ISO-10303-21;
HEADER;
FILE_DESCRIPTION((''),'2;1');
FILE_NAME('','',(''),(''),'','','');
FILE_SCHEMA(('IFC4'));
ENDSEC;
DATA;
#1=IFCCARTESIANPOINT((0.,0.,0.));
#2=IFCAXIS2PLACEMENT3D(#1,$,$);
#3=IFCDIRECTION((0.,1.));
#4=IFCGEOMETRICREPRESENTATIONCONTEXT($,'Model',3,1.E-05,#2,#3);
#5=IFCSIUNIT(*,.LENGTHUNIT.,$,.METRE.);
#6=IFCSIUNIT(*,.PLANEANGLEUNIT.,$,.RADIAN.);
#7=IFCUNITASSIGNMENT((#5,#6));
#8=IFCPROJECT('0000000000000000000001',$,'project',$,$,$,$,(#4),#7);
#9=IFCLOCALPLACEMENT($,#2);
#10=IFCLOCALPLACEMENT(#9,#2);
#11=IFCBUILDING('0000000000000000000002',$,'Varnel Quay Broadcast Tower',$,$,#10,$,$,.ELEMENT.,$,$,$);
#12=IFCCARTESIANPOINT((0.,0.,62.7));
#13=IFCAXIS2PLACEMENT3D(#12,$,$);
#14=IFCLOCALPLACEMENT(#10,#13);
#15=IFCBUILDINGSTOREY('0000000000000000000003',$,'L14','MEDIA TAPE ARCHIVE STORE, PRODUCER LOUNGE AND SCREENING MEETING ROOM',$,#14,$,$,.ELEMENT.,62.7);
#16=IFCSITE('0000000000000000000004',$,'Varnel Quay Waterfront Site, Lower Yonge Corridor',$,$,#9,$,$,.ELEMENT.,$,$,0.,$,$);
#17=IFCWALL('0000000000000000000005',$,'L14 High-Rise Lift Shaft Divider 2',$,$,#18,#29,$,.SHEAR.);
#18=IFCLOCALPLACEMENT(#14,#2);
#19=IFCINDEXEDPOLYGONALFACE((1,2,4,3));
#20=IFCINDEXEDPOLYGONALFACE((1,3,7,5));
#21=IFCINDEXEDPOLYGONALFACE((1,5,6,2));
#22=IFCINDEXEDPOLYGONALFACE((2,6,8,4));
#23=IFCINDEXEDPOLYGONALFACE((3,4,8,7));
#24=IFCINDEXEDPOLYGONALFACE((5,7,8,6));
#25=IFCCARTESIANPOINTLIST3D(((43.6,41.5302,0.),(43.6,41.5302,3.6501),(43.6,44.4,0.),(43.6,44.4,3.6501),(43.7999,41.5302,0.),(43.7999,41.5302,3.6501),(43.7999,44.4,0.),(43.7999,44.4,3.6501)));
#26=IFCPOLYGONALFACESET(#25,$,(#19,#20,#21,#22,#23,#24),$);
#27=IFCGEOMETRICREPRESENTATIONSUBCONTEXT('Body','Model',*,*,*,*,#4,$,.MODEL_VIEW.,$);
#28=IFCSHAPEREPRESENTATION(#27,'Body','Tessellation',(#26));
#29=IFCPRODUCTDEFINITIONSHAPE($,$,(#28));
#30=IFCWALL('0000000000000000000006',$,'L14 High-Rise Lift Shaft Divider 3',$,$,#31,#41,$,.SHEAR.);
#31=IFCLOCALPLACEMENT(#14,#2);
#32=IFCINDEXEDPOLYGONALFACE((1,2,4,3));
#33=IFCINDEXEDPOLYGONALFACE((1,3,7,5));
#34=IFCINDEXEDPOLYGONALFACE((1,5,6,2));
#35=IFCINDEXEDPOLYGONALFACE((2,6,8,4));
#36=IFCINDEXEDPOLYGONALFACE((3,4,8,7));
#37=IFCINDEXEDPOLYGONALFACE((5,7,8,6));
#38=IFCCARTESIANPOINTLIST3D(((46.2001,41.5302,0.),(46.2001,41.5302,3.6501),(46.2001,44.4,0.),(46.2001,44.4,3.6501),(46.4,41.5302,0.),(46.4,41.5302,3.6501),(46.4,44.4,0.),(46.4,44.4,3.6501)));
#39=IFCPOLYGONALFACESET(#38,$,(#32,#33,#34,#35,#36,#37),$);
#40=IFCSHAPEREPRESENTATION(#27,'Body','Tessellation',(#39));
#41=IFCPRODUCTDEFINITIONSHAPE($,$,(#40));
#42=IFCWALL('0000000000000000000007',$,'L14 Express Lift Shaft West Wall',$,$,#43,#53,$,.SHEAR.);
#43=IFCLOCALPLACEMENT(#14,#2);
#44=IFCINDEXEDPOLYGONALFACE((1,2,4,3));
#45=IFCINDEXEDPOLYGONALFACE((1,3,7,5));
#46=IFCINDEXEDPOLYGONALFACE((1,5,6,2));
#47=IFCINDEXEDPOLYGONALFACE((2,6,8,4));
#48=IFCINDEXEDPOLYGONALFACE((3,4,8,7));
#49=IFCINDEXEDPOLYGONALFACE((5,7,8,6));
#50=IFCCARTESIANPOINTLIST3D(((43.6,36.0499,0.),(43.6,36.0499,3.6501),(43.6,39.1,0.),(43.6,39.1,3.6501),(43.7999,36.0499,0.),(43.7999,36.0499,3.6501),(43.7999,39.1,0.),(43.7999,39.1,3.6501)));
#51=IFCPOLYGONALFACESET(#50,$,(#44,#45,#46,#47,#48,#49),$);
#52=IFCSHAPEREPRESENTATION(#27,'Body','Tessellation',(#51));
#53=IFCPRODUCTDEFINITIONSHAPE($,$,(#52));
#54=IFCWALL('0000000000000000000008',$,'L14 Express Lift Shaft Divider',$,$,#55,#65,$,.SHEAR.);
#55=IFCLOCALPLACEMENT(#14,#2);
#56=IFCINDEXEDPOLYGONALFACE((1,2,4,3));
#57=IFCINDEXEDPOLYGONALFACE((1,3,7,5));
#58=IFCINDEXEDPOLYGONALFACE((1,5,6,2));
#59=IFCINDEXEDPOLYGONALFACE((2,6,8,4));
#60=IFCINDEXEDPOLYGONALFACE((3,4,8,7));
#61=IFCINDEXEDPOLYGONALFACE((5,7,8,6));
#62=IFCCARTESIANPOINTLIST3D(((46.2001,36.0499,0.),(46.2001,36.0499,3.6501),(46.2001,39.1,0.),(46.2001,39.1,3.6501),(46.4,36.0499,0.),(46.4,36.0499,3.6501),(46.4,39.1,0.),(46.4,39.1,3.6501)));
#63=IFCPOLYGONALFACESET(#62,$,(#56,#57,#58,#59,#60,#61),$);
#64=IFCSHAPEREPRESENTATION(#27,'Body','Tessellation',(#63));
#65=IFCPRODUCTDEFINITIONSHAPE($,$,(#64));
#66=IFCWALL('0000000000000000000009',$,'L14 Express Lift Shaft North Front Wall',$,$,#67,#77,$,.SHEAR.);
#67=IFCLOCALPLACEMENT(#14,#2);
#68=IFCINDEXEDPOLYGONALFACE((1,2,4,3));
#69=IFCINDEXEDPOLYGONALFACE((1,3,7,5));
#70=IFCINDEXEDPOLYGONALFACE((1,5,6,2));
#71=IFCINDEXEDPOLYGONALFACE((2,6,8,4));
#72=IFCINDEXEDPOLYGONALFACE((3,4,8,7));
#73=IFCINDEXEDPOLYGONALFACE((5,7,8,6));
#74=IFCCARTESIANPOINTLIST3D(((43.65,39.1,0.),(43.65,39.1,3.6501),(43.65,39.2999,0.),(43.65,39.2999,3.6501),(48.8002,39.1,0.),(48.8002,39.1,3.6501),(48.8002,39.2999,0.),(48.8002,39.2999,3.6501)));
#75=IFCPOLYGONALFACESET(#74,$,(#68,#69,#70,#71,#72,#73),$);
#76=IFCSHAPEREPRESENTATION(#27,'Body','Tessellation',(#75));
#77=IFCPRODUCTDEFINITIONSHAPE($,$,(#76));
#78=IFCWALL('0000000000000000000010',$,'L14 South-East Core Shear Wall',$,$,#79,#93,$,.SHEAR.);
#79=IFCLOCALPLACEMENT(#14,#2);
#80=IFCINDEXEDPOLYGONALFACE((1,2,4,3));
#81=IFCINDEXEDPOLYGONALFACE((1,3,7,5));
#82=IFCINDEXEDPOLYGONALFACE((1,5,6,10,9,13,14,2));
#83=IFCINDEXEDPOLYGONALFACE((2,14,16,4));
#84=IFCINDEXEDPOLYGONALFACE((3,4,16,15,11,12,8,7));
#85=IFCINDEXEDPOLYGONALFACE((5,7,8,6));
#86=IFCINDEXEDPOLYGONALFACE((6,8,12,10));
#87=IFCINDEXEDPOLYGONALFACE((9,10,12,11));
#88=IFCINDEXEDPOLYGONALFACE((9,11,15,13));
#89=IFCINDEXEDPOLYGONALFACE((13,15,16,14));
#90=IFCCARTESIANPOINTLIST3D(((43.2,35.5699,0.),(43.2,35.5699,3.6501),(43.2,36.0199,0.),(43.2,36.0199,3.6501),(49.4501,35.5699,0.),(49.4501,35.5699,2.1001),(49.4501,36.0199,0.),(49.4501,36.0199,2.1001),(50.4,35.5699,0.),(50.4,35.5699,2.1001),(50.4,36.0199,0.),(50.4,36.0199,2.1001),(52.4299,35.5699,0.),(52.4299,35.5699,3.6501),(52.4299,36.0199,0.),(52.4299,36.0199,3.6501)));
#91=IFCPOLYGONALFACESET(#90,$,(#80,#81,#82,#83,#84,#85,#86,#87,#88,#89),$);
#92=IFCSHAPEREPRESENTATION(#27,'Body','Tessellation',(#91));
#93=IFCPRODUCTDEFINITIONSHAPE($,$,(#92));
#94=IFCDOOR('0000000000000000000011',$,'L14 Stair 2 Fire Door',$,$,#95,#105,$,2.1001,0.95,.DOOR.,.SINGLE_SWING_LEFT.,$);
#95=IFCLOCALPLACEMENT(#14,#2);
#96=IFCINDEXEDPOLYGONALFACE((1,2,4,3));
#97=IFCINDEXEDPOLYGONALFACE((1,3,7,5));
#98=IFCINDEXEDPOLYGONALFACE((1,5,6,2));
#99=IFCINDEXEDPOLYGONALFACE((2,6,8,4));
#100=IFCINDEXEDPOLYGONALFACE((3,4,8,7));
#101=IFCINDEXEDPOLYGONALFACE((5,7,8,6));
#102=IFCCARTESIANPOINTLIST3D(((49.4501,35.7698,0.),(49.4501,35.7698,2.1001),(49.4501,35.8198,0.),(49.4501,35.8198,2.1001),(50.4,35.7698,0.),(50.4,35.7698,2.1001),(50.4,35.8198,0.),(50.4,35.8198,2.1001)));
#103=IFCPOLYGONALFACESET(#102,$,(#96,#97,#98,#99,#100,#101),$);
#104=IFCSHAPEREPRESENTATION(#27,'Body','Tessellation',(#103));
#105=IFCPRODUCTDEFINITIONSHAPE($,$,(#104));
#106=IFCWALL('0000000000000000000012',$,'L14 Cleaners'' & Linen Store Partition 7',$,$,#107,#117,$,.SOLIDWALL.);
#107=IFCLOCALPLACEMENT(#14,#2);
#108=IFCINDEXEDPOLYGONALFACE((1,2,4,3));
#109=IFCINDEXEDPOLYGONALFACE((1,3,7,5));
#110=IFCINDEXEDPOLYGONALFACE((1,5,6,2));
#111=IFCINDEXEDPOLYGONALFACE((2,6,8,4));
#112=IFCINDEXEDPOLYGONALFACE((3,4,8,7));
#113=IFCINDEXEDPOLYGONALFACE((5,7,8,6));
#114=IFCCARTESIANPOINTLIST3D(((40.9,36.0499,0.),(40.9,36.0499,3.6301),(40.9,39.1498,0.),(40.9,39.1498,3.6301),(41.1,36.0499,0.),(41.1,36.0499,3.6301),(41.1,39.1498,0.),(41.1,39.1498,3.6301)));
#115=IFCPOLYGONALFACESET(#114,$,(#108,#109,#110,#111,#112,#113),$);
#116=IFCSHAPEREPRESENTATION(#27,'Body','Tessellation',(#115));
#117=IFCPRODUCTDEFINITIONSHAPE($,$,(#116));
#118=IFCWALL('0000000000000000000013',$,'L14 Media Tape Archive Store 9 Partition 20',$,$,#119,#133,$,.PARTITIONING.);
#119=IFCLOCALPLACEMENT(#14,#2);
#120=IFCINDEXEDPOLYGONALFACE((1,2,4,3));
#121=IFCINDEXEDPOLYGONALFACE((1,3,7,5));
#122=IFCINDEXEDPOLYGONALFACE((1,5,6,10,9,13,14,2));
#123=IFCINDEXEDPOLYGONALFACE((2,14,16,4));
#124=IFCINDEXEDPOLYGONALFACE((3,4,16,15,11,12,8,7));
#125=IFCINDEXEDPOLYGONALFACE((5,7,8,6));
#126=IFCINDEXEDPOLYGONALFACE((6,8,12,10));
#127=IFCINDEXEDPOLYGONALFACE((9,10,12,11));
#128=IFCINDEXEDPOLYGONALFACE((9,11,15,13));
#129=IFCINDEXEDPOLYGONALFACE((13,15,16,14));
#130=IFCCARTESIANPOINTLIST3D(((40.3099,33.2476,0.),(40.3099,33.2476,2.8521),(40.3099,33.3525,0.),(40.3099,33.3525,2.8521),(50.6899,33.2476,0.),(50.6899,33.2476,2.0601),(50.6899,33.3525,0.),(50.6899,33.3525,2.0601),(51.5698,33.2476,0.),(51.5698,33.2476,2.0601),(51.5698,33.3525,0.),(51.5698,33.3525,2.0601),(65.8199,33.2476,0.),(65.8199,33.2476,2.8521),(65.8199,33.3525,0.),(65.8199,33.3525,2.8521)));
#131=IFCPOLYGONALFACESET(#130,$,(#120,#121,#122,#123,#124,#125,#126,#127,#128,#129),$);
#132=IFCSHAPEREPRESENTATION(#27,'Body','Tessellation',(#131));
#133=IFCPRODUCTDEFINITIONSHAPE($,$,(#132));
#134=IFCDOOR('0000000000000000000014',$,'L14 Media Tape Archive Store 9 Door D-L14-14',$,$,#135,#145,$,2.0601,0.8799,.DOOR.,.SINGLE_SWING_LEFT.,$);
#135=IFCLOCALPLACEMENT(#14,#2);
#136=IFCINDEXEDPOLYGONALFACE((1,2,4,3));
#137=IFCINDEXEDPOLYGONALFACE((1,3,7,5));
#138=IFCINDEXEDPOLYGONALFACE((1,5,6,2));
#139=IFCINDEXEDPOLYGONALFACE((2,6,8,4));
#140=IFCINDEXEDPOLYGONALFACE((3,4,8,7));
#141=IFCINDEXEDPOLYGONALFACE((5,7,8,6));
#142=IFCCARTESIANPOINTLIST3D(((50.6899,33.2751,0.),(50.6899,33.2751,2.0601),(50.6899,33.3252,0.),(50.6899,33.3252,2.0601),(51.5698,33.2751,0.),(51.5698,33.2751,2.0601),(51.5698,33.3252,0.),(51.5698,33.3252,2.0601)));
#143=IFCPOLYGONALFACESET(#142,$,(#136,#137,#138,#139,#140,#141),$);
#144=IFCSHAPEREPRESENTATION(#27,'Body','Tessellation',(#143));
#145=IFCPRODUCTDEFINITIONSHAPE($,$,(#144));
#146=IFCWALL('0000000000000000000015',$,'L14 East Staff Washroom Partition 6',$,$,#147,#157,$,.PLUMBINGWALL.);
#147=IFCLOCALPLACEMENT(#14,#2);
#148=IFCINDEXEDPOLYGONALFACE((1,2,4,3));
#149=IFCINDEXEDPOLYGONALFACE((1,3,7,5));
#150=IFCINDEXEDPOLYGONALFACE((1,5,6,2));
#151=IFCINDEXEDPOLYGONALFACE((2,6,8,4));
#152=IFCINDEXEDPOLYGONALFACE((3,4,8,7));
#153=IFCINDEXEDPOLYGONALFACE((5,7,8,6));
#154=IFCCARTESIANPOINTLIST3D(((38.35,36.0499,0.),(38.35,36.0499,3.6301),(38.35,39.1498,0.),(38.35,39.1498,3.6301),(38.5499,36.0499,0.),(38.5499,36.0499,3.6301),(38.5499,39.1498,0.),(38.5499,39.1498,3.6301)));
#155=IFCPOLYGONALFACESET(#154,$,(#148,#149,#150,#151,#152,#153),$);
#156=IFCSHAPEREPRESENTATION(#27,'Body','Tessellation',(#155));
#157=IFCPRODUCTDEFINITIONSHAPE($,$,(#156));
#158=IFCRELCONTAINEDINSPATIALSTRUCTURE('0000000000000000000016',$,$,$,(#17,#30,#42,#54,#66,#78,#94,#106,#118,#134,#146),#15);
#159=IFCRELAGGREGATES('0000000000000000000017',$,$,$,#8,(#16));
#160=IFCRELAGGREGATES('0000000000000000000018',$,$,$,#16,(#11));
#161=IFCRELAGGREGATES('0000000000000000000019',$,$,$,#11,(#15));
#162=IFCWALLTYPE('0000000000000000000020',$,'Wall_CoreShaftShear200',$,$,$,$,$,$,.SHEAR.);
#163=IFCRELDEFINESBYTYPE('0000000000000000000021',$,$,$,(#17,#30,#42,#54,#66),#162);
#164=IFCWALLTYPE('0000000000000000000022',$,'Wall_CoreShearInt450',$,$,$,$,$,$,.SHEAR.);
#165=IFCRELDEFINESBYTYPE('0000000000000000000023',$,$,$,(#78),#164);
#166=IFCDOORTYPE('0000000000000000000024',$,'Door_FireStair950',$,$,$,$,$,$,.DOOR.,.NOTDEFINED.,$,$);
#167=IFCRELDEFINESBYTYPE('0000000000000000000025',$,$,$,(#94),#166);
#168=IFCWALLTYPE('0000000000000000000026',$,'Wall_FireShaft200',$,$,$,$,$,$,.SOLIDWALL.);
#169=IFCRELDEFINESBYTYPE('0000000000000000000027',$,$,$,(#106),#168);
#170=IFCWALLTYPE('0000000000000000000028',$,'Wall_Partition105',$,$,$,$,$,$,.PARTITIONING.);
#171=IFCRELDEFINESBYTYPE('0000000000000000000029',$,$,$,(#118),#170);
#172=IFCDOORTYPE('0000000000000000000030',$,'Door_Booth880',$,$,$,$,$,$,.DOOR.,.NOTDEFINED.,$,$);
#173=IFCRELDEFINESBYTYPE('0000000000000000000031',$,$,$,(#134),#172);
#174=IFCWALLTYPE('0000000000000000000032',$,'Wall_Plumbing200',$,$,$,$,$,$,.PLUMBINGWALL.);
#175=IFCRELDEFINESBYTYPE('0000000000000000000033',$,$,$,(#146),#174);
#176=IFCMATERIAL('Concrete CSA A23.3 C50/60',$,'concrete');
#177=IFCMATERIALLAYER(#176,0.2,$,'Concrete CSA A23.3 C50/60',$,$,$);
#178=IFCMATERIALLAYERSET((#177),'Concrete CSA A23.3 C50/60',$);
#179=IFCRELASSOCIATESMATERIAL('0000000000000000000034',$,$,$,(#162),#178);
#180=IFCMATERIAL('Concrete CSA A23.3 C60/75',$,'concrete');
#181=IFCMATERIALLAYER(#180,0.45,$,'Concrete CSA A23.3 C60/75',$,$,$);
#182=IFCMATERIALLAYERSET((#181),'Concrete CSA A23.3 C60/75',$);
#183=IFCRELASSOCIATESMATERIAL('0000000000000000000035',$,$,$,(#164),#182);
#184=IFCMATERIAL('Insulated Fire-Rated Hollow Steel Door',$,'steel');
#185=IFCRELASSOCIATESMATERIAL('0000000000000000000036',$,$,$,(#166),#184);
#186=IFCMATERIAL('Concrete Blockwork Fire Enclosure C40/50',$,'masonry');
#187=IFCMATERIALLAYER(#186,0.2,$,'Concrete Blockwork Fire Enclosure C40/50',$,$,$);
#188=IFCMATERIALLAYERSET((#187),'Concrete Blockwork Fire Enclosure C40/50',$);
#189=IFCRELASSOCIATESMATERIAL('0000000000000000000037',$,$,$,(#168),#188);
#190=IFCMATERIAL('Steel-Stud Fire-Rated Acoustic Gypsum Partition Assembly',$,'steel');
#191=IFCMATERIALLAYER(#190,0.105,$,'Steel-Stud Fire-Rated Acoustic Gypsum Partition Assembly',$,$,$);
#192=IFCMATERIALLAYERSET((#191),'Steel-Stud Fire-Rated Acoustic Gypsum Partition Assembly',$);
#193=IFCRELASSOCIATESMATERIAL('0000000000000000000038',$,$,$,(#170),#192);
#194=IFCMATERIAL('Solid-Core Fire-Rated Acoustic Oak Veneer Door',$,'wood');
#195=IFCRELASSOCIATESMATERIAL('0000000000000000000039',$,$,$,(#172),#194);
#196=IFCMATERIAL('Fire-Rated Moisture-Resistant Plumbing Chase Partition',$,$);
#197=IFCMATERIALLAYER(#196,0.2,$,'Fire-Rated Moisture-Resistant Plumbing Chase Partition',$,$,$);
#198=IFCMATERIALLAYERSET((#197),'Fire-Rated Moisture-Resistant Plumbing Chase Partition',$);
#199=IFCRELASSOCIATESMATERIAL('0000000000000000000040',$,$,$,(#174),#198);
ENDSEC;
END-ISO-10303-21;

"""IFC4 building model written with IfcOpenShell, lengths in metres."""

from ifc_helpers import new_model, si_unit, direction, frame, frame_2d, origin, place, context, subcontext, project, spatial, rectangle, extrude, source, transform, mapped, material, layer, layer_set, type_object, type_shapes, element, fill, save


model = new_model("IFC4")

# Units and contexts
model_context = context("Model", 3, precision=1e-05, world=origin(), true_north=direction((0.0, 1.0)))
body_context = subcontext(model_context, "Body", "Model", "MODEL_VIEW")
ifc_project = project(units=[si_unit("LENGTHUNIT", "METRE"), si_unit("PLANEANGLEUNIT", "RADIAN")], contexts=[model_context])

# Site, building, storey
site_placement = place(None, origin())
site = spatial("IfcSite", under=ifc_project, at=site_placement, Name="Varnel Quay Waterfront Site, Lower Yonge Corridor", CompositionType="ELEMENT", RefElevation=0.0)
building_placement = place(site_placement, origin())
building = spatial("IfcBuilding", under=site, at=building_placement, Name="Varnel Quay Broadcast Tower", CompositionType="ELEMENT")
storey_placement = place(building_placement, frame((0.0, 0.0, 62.7)))
storey = spatial("IfcBuildingStorey", under=building, at=storey_placement, Name="L14", Description="MEDIA TAPE ARCHIVE STORE, PRODUCER LOUNGE AND SCREENING MEETING ROOM", CompositionType="ELEMENT", Elevation=62.7)

# Walls
ifc_material_1 = material(Name="Concrete CSA A23.3 C50/60", Category="concrete")
ifc_layer_1 = layer(ifc_material_1, 0.2, Name="Concrete CSA A23.3 C50/60")
ifc_layer_set_1 = layer_set([ifc_layer_1], Name="Concrete CSA A23.3 C50/60")
wall_type_1 = type_object("IfcWallType", Name="Wall_CoreShaftShear200", PredefinedType="SHEAR", material=ifc_layer_set_1)
for number, where, z_axis, x_axis, name in (
    (1, (43.7, 41.53, 0.0), (0.0, 0.0, 1.0), (0.0, 1.0, 0.0), "L14 High-Rise Lift Shaft Divider 2"),
    (2, (46.3, 41.53, 0.0), (0.0, 0.0, 1.0), (0.0, 1.0, 0.0), "L14 High-Rise Lift Shaft Divider 3"),
):
    element("IfcWall", number, at=place(storey_placement, frame(where, z_axis=z_axis, x_axis=x_axis)), inside=storey, type_object=wall_type_1, Name=name, PredefinedType="SHEAR", context=body_context, shape_type="SweptSolid", body=[
        extrude(rectangle(XDim=2.8699, YDim=0.2, at=frame_2d((1.4351, 0.0))), origin(), (0.0, 0.0, 1.0), 3.6501),
    ])
for number, where, z_axis, x_axis, name in (
    (3, (43.7, 36.05, 0.0), (0.0, 0.0, 1.0), (0.0, 1.0, 0.0), "L14 Express Lift Shaft West Wall"),
    (4, (46.3, 36.05, 0.0), (0.0, 0.0, 1.0), (0.0, 1.0, 0.0), "L14 Express Lift Shaft Divider"),
):
    element("IfcWall", number, at=place(storey_placement, frame(where, z_axis=z_axis, x_axis=x_axis)), inside=storey, type_object=wall_type_1, Name=name, PredefinedType="SHEAR", context=body_context, shape_type="SweptSolid", body=[
        extrude(rectangle(XDim=3.05, YDim=0.2, at=frame_2d((1.5249, 0.0))), origin(), (0.0, 0.0, 1.0), 3.6501),
    ])
wall_1_placement = place(storey_placement, frame((43.6499, 39.2, 0.0), z_axis=(0.0, 0.0, 1.0), x_axis=(1.0, 0.0, 0.0)))
element("IfcWall", 5, at=wall_1_placement, inside=storey, type_object=wall_type_1, Name="L14 Express Lift Shaft North Front Wall", PredefinedType="SHEAR", context=body_context, shape_type="SweptSolid", body=[
    extrude(rectangle(XDim=5.1501, YDim=0.2, at=frame_2d((2.5752, 0.0))), origin(), (0.0, 0.0, 1.0), 3.6501),
])

# Wall, opening, door
ifc_material_2 = material(Name="Concrete CSA A23.3 C60/75", Category="concrete")
ifc_layer_2 = layer(ifc_material_2, 0.45, Name="Concrete CSA A23.3 C60/75")
ifc_layer_set_2 = layer_set([ifc_layer_2], Name="Concrete CSA A23.3 C60/75")
wall_type_2 = type_object("IfcWallType", Name="Wall_CoreShearInt450", PredefinedType="SHEAR", material=ifc_layer_set_2)
wall_2_placement = place(storey_placement, frame((43.2, 35.7949, 0.0), z_axis=(0.0, 0.0, 1.0), x_axis=(1.0, 0.0, 0.0)))
wall_2 = element("IfcWall", 6, at=wall_2_placement, inside=storey, type_object=wall_type_2, Name="L14 South-East Core Shear Wall", PredefinedType="SHEAR", context=body_context, shape_type="SweptSolid", body=[
    extrude(rectangle(XDim=9.23, YDim=0.45, at=frame_2d((4.615, 0.0))), origin(), (0.0, 0.0, 1.0), 3.6501),
])
opening_1_placement = place(wall_2_placement, frame((6.25, 0.0, 0.0)))
opening_1 = element("IfcOpeningElement", 7, at=opening_1_placement, cuts=wall_2, PredefinedType="OPENING", context=body_context, shape_type="SweptSolid", body=[
    extrude(rectangle(XDim=0.95, YDim=2.1001, at=frame_2d((0.4751, 1.05))), frame((0.0, 0.2349, 0.0), z_axis=(0.0, -1.0, 0.0), x_axis=(1.0, 0.0, 0.0)), (0.0, 0.0, 1.0), 0.47),
])
ifc_material_3 = material(Name="Insulated Fire-Rated Hollow Steel Door", Category="steel")
door_type_1 = type_object("IfcDoorType", Name="Door_FireStair950", OperationType="NOTDEFINED", PredefinedType="DOOR", material=ifc_material_3)
shared_shape_1 = source(origin(), body_context, "Body", "SweptSolid", [
    extrude(rectangle(XDim=0.95, YDim=2.1001, at=frame_2d((0.4751, 1.05))), frame((0.0, 0.0249, 0.0), z_axis=(0.0, -1.0, 0.0), x_axis=(1.0, 0.0, 0.0)), (0.0, 0.0, 1.0), 0.05),
])
type_shapes(door_type_1, [shared_shape_1])
door_1_placement = place(opening_1_placement, origin())
door_1 = element("IfcDoor", 8, at=door_1_placement, inside=storey, type_object=door_type_1, Name="L14 Stair 2 Fire Door", OperationType="SINGLE_SWING_LEFT", OverallHeight=2.1001, OverallWidth=0.95, PredefinedType="DOOR", context=body_context, shape_type="MappedRepresentation", body=[
    mapped(shared_shape_1, transform((0.0, 0.0, 0.0), x_axis=(1.0, 0.0, 0.0), y_axis=(0.0, 1.0, 0.0), z_axis=(0.0, 0.0, 1.0), scale=1.0)),
])
fill(opening_1, door_1)

# Wall
ifc_material_4 = material(Name="Concrete Blockwork Fire Enclosure C40/50", Category="masonry")
ifc_layer_3 = layer(ifc_material_4, 0.2, Name="Concrete Blockwork Fire Enclosure C40/50")
ifc_layer_set_3 = layer_set([ifc_layer_3], Name="Concrete Blockwork Fire Enclosure C40/50")
wall_type_3 = type_object("IfcWallType", Name="Wall_FireShaft200", PredefinedType="SOLIDWALL", material=ifc_layer_set_3)
wall_3_placement = place(storey_placement, frame((41.0, 36.05, 0.0), z_axis=(0.0, 0.0, 1.0), x_axis=(0.0, 1.0, 0.0)))
element("IfcWall", 9, at=wall_3_placement, inside=storey, type_object=wall_type_3, Name="L14 Cleaners' & Linen Store Partition 7", PredefinedType="SOLIDWALL", context=body_context, shape_type="SweptSolid", body=[
    extrude(rectangle(XDim=3.0999, YDim=0.2, at=frame_2d((1.5498, 0.0))), origin(), (0.0, 0.0, 1.0), 3.6301),
])

# Wall, opening, door
ifc_material_5 = material(Name="Steel-Stud Fire-Rated Acoustic Gypsum Partition Assembly", Category="steel")
ifc_layer_4 = layer(ifc_material_5, 0.105, Name="Steel-Stud Fire-Rated Acoustic Gypsum Partition Assembly")
ifc_layer_set_4 = layer_set([ifc_layer_4], Name="Steel-Stud Fire-Rated Acoustic Gypsum Partition Assembly")
wall_type_4 = type_object("IfcWallType", Name="Wall_Partition105", PredefinedType="PARTITIONING", material=ifc_layer_set_4)
wall_4_placement = place(storey_placement, frame((40.3101, 33.3, 0.0), z_axis=(0.0, 0.0, 1.0), x_axis=(1.0, 0.0, 0.0)))
wall_4 = element("IfcWall", 10, at=wall_4_placement, inside=storey, type_object=wall_type_4, Name="L14 Media Tape Archive Store 9 Partition 20", PredefinedType="PARTITIONING", context=body_context, shape_type="SweptSolid", body=[
    extrude(rectangle(XDim=25.51, YDim=0.105, at=frame_2d((12.7549, 0.0))), origin(), (0.0, 0.0, 1.0), 2.8521),
])
opening_2_placement = place(wall_4_placement, frame((10.3799, 0.0, 0.0)))
opening_2 = element("IfcOpeningElement", 11, at=opening_2_placement, cuts=wall_4, PredefinedType="OPENING", context=body_context, shape_type="SweptSolid", body=[
    extrude(rectangle(XDim=0.8799, YDim=2.0601, at=frame_2d((0.4399, 1.03))), frame((0.0, 0.0625, 0.0), z_axis=(0.0, -1.0, 0.0), x_axis=(1.0, 0.0, 0.0)), (0.0, 0.0, 1.0), 0.125),
])
ifc_material_6 = material(Name="Solid-Core Fire-Rated Acoustic Oak Veneer Door", Category="wood")
door_type_2 = type_object("IfcDoorType", Name="Door_Booth880", OperationType="NOTDEFINED", PredefinedType="DOOR", material=ifc_material_6)
shared_shape_2 = source(origin(), body_context, "Body", "SweptSolid", [
    extrude(rectangle(XDim=0.8799, YDim=2.0601, at=frame_2d((0.4399, 1.03))), frame((0.0, 0.0249, 0.0), z_axis=(0.0, -1.0, 0.0), x_axis=(1.0, 0.0, 0.0)), (0.0, 0.0, 1.0), 0.05),
])
type_shapes(door_type_2, [shared_shape_2])
door_2_placement = place(opening_2_placement, frame((0.8799, 0.0, 0.0), z_axis=(0.0, 0.0, 1.0), x_axis=(-1.0, 0.0, 0.0)))
door_2 = element("IfcDoor", 12, at=door_2_placement, inside=storey, type_object=door_type_2, Name="L14 Media Tape Archive Store 9 Door D-L14-14", OperationType="SINGLE_SWING_LEFT", OverallHeight=2.0601, OverallWidth=0.8799, PredefinedType="DOOR", context=body_context, shape_type="MappedRepresentation", body=[
    mapped(shared_shape_2, transform((0.0, 0.0, 0.0), x_axis=(1.0, 0.0, 0.0), y_axis=(0.0, 1.0, 0.0), z_axis=(0.0, 0.0, 1.0), scale=1.0)),
])
fill(opening_2, door_2)

# Wall
ifc_material_7 = material(Name="Fire-Rated Moisture-Resistant Plumbing Chase Partition")
ifc_layer_5 = layer(ifc_material_7, 0.2, Name="Fire-Rated Moisture-Resistant Plumbing Chase Partition")
ifc_layer_set_5 = layer_set([ifc_layer_5], Name="Fire-Rated Moisture-Resistant Plumbing Chase Partition")
wall_type_5 = type_object("IfcWallType", Name="Wall_Plumbing200", PredefinedType="PLUMBINGWALL", material=ifc_layer_set_5)
wall_5_placement = place(storey_placement, frame((38.45, 36.05, 0.0), z_axis=(0.0, 0.0, 1.0), x_axis=(0.0, 1.0, 0.0)))
element("IfcWall", 13, at=wall_5_placement, inside=storey, type_object=wall_type_5, Name="L14 East Staff Washroom Partition 6", PredefinedType="PLUMBINGWALL", context=body_context, shape_type="SweptSolid", body=[
    extrude(rectangle(XDim=3.0999, YDim=0.2, at=frame_2d((1.5498, 0.0))), origin(), (0.0, 0.0, 1.0), 3.6301),
])

save(model, "model.ifc")
